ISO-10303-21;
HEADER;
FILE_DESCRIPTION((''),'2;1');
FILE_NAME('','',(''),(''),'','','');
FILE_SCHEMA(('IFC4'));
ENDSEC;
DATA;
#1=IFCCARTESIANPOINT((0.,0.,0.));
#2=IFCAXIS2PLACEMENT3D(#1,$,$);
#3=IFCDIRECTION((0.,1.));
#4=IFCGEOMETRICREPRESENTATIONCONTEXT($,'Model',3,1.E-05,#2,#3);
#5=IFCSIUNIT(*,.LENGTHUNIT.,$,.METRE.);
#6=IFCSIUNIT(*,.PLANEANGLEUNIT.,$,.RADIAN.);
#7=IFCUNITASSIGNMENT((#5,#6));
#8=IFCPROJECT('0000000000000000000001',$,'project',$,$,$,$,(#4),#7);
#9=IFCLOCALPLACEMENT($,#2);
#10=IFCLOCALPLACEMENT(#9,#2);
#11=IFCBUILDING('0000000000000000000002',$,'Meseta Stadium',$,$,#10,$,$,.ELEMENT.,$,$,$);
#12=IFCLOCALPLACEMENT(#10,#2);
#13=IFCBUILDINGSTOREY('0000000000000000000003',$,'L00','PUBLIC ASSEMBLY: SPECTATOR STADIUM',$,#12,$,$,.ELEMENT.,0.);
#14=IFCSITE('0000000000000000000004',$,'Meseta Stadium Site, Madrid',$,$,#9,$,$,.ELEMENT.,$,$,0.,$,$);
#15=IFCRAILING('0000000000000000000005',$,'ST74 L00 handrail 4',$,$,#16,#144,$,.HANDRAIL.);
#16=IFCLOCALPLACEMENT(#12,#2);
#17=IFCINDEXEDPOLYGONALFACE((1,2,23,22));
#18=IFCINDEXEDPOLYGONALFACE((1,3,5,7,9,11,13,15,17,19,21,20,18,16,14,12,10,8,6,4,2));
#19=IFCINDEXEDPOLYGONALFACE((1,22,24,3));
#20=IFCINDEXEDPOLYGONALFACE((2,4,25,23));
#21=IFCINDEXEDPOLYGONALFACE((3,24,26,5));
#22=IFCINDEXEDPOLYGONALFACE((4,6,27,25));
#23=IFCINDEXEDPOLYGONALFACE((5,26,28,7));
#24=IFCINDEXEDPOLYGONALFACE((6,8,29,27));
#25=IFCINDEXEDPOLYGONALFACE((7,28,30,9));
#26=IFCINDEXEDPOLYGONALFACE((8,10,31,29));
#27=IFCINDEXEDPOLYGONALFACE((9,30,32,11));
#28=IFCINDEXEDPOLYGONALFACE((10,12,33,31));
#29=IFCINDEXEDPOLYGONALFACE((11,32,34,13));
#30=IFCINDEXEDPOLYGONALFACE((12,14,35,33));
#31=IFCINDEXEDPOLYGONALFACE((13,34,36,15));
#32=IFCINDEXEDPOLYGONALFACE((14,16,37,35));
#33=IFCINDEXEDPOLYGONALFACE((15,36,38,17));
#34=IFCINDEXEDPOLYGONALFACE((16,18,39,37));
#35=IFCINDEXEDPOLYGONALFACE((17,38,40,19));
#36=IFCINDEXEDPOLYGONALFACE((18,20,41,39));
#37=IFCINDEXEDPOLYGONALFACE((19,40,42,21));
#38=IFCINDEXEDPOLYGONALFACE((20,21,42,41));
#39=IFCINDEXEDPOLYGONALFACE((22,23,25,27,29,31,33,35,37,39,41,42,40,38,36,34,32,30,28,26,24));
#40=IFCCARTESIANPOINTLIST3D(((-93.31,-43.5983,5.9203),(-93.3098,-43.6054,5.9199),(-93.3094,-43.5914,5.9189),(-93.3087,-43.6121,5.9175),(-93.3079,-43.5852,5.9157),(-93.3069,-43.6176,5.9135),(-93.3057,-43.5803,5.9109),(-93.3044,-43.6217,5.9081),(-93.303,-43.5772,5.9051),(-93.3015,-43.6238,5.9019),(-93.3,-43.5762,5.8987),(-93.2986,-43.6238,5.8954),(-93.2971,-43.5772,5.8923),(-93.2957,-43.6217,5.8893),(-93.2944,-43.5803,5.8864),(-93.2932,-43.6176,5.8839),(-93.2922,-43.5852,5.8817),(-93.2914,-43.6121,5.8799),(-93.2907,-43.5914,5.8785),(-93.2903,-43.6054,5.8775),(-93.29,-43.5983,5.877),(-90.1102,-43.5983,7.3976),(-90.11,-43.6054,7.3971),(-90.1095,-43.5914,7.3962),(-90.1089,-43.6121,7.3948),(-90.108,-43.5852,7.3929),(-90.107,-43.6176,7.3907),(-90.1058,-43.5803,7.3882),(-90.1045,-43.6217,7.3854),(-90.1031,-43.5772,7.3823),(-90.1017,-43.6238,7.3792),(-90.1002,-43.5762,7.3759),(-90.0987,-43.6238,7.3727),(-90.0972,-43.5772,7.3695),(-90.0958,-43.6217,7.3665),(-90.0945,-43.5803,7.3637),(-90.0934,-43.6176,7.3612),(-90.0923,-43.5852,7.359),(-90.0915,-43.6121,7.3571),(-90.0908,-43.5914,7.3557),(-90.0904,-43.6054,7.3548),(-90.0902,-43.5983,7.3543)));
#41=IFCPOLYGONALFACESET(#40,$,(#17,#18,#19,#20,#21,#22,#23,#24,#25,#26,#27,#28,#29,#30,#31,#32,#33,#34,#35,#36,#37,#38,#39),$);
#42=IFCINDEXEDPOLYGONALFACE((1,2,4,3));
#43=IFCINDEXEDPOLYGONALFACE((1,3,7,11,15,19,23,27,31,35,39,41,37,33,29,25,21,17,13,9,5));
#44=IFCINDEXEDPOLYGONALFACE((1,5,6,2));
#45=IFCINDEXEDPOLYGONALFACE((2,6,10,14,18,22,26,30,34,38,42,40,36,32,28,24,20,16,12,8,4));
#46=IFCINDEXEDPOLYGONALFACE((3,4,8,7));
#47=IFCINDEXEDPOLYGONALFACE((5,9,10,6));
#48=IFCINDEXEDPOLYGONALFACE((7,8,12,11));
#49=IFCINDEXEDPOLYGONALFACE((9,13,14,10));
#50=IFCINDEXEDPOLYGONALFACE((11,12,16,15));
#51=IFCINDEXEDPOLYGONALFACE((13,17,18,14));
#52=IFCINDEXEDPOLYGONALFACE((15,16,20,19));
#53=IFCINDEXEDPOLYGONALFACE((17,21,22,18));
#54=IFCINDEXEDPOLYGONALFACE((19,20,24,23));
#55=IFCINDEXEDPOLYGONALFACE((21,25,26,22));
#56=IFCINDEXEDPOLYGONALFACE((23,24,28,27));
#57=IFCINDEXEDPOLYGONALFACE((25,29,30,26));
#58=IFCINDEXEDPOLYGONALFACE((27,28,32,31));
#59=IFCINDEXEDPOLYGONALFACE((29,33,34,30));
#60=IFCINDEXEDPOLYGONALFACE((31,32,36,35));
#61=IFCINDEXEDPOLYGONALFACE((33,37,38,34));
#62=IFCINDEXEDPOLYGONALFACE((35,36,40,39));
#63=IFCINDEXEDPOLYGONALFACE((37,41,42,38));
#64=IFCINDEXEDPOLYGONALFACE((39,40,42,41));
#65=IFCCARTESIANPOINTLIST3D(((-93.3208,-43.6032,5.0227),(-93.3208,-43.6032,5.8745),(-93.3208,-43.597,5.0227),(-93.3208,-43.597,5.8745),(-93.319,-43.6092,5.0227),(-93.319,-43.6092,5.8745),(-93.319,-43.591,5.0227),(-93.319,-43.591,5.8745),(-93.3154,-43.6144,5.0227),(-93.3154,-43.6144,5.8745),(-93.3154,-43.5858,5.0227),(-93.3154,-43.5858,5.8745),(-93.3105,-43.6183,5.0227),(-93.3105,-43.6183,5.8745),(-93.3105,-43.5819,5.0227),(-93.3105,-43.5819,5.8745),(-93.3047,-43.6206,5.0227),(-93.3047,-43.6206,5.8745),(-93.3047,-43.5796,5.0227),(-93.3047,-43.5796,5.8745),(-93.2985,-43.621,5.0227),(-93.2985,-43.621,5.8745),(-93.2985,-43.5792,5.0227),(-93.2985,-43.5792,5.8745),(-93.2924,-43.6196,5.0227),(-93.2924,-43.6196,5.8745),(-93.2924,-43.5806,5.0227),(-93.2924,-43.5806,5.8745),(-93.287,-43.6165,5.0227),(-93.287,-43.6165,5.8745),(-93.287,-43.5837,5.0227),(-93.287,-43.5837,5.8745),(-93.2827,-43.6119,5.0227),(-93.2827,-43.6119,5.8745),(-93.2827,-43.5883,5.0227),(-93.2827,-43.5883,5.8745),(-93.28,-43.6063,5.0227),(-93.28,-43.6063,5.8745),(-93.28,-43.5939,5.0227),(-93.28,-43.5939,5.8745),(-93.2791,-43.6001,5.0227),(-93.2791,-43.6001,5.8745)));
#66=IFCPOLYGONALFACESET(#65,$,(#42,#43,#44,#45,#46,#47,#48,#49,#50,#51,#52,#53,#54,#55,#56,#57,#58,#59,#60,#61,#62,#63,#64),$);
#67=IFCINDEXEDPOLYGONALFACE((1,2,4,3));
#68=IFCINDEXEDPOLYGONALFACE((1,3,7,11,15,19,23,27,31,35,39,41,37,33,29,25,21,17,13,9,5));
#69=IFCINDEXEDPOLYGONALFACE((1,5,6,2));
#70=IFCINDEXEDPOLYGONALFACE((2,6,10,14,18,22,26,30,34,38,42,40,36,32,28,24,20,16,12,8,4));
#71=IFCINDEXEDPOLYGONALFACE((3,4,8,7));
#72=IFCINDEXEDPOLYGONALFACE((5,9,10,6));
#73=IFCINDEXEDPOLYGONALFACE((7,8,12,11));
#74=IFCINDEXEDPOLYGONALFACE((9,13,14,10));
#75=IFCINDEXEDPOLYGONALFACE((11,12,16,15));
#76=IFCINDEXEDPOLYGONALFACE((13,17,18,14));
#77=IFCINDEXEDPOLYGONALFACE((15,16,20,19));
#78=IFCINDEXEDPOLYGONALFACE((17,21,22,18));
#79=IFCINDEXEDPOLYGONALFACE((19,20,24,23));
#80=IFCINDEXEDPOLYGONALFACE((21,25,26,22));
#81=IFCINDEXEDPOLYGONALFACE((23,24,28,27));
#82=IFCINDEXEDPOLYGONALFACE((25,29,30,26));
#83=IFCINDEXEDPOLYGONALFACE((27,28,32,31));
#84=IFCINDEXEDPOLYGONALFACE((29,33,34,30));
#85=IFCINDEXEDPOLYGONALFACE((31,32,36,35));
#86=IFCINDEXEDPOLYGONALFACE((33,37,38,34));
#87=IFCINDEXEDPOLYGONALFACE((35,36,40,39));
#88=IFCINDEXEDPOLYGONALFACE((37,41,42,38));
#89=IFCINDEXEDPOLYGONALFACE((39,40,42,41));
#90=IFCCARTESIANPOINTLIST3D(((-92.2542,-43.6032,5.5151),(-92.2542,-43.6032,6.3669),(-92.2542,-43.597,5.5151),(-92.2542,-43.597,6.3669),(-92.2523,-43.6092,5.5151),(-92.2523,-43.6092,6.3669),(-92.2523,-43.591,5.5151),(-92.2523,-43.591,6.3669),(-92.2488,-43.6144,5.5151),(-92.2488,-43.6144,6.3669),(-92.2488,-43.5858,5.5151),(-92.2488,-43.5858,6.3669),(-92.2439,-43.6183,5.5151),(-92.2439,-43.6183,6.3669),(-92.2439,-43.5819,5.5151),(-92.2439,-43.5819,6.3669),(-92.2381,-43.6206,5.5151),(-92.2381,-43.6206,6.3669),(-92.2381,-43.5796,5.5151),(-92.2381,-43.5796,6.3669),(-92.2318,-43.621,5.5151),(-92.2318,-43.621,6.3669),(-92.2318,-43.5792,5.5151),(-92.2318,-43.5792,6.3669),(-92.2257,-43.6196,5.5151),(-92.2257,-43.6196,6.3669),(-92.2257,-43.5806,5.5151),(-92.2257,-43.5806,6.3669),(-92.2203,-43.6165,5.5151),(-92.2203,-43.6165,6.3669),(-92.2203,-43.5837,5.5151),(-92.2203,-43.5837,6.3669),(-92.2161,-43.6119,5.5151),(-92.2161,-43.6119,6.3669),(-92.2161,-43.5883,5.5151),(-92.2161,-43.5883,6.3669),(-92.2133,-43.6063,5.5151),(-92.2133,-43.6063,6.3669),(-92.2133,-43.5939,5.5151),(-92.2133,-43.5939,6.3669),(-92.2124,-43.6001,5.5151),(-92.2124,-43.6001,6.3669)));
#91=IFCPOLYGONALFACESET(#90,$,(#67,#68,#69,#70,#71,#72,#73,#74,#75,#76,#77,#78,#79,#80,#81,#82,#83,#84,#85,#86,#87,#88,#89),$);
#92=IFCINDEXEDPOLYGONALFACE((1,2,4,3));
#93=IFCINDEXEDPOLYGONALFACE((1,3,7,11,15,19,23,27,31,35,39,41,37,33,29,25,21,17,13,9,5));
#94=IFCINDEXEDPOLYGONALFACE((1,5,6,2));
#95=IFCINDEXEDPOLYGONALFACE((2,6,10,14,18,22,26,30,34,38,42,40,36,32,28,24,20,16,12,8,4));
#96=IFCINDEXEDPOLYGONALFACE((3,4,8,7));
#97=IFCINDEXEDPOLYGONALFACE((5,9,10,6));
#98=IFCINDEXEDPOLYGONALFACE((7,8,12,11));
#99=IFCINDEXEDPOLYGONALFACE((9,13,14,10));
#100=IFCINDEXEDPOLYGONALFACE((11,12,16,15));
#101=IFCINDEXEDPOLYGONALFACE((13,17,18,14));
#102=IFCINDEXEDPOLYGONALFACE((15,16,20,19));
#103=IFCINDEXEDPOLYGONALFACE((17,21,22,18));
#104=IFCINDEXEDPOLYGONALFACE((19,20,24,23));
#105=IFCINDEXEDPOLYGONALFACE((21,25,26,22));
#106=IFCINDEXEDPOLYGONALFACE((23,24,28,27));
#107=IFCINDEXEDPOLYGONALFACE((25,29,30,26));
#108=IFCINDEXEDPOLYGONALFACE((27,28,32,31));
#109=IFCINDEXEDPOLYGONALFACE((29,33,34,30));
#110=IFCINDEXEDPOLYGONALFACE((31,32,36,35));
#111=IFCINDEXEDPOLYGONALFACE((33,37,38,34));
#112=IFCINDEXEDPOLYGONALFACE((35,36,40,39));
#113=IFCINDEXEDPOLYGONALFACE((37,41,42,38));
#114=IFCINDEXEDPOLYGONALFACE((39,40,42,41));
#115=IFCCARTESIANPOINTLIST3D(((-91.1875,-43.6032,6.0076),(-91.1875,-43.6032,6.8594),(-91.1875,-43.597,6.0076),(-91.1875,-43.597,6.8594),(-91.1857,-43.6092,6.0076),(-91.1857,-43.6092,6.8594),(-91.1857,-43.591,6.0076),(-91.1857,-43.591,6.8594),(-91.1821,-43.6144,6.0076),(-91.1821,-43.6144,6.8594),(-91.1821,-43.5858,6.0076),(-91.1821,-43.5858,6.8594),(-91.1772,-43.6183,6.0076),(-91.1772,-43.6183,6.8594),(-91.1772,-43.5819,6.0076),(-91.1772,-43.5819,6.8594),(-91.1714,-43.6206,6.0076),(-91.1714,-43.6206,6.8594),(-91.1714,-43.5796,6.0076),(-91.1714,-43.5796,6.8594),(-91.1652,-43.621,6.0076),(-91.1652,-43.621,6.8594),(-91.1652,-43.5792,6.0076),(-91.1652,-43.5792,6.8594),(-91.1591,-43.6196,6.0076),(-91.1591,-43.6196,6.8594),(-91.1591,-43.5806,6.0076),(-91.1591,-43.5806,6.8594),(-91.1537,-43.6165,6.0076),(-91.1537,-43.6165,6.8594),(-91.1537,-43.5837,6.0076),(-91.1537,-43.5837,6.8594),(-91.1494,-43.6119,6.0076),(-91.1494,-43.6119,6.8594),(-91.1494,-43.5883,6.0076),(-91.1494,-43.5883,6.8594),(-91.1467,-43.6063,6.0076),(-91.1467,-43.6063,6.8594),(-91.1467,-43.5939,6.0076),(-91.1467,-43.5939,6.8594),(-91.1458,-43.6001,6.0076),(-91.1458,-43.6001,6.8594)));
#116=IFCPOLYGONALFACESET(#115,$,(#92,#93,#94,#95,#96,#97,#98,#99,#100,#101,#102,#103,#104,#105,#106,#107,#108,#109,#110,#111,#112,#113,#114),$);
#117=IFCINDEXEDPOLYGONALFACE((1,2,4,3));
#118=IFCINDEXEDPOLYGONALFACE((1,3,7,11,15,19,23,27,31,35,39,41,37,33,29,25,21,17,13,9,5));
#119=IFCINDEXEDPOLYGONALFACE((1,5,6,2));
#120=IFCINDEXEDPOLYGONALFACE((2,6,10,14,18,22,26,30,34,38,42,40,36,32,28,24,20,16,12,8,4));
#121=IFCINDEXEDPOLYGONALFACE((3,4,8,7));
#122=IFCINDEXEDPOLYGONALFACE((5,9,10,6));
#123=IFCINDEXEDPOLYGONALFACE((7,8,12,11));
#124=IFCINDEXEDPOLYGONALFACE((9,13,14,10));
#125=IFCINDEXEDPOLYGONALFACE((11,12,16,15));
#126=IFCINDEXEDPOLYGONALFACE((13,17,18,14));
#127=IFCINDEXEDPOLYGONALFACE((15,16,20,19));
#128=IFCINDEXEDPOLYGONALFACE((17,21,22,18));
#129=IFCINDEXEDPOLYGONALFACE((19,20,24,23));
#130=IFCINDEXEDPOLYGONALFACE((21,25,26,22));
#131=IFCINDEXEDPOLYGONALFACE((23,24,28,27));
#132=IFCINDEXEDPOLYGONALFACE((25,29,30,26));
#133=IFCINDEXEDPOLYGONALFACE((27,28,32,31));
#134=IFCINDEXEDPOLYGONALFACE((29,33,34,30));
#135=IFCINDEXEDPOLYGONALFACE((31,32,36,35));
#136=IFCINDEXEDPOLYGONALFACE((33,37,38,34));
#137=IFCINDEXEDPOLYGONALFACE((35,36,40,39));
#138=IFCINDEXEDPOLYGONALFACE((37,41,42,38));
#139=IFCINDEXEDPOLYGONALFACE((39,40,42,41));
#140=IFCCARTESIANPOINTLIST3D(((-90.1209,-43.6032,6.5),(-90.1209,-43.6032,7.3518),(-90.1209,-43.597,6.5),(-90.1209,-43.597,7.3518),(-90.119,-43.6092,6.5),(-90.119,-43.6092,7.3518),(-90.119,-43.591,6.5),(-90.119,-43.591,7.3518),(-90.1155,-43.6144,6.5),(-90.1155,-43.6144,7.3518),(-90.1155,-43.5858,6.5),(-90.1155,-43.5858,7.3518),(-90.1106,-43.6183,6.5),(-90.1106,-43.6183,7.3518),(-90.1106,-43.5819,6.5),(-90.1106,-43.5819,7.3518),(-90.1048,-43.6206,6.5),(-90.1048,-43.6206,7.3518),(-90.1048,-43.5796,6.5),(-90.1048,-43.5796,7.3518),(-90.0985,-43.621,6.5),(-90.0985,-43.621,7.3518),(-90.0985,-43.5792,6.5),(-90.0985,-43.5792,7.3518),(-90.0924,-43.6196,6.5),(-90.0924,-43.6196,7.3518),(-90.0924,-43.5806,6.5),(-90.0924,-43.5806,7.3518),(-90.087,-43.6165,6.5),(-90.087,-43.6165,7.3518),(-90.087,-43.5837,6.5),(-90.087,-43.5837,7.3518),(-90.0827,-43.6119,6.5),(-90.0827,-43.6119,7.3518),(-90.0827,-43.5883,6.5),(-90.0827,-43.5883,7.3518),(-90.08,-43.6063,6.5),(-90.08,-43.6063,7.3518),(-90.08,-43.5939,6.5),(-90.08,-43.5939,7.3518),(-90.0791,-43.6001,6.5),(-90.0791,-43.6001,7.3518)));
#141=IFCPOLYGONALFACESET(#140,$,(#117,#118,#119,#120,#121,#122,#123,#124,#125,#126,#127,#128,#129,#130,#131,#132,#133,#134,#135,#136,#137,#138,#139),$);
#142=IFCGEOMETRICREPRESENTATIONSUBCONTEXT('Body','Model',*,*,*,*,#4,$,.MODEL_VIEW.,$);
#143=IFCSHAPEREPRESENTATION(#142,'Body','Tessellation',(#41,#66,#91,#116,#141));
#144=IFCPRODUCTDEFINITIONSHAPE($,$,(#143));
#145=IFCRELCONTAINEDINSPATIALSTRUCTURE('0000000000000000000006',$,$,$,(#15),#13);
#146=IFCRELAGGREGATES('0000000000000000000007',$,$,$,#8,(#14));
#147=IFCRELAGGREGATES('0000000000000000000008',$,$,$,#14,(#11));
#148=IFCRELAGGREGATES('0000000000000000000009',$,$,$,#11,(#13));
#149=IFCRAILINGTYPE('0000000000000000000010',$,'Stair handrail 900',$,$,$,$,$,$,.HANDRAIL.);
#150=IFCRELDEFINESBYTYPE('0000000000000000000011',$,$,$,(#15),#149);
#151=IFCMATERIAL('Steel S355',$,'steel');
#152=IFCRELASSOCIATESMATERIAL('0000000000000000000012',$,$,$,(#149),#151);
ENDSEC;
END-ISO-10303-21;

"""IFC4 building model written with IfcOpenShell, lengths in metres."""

from ifc_helpers import new_model, si_unit, direction, frame, origin, origin_2d, place, context, subcontext, project, spatial, circle, extrude, material, type_object, element, save


model = new_model("IFC4")

# Units and contexts
model_context = context("Model", 3, precision=1e-05, world=origin(), true_north=direction((0.0, 1.0)))
body_context = subcontext(model_context, "Body", "Model", "MODEL_VIEW")
ifc_project = project(units=[si_unit("LENGTHUNIT", "METRE"), si_unit("PLANEANGLEUNIT", "RADIAN")], contexts=[model_context])

# Site, building, storey
site_placement = place(None, origin())
site = spatial("IfcSite", under=ifc_project, at=site_placement, Name="Meseta Stadium Site, Madrid", CompositionType="ELEMENT", RefElevation=0.0)
building_placement = place(site_placement, origin())
building = spatial("IfcBuilding", under=site, at=building_placement, Name="Meseta Stadium", CompositionType="ELEMENT")
storey_placement = place(building_placement, origin())
storey = spatial("IfcBuildingStorey", under=building, at=storey_placement, Name="L00", Description="PUBLIC ASSEMBLY: SPECTATOR STADIUM", CompositionType="ELEMENT", Elevation=0.0)

# Railing
ifc_material_1 = material(Name="Steel S355", Category="steel")
railing_type_1 = type_object("IfcRailingType", Name="Stair handrail 900", PredefinedType="HANDRAIL", material=ifc_material_1)
for number, where, name in (
    (1, (-93.3, -43.6001, 5.0227), "ST74 L00 handrail 4"),
):
    element("IfcRailing", number, at=place(storey_placement, frame(where)), inside=storey, type_object=railing_type_1, Name=name, PredefinedType="HANDRAIL", context=body_context, shape_type="SweptSolid", body=[
        extrude(circle(Radius=0.0239, at=origin_2d()), frame((0.0, 0.0, 0.876), z_axis=(0.907917, 0.0, 0.41915), x_axis=(0.0, 1.0, 0.0)), (0.0, 0.0, 1.0), 3.5244),
        extrude(circle(Radius=0.021, at=origin_2d()), origin(), (0.0, 0.0, 1.0), 0.8518),
        extrude(circle(Radius=0.021, at=origin_2d()), frame((1.0667, 0.0, 0.4924)), (0.0, 0.0, 1.0), 0.8518),
        extrude(circle(Radius=0.021, at=origin_2d()), frame((2.1333, 0.0, 0.9849)), (0.0, 0.0, 1.0), 0.8518),
        extrude(circle(Radius=0.021, at=origin_2d()), frame((3.2, 0.0, 1.4773)), (0.0, 0.0, 1.0), 0.8518),
    ])

save(model, "model.ifc")
